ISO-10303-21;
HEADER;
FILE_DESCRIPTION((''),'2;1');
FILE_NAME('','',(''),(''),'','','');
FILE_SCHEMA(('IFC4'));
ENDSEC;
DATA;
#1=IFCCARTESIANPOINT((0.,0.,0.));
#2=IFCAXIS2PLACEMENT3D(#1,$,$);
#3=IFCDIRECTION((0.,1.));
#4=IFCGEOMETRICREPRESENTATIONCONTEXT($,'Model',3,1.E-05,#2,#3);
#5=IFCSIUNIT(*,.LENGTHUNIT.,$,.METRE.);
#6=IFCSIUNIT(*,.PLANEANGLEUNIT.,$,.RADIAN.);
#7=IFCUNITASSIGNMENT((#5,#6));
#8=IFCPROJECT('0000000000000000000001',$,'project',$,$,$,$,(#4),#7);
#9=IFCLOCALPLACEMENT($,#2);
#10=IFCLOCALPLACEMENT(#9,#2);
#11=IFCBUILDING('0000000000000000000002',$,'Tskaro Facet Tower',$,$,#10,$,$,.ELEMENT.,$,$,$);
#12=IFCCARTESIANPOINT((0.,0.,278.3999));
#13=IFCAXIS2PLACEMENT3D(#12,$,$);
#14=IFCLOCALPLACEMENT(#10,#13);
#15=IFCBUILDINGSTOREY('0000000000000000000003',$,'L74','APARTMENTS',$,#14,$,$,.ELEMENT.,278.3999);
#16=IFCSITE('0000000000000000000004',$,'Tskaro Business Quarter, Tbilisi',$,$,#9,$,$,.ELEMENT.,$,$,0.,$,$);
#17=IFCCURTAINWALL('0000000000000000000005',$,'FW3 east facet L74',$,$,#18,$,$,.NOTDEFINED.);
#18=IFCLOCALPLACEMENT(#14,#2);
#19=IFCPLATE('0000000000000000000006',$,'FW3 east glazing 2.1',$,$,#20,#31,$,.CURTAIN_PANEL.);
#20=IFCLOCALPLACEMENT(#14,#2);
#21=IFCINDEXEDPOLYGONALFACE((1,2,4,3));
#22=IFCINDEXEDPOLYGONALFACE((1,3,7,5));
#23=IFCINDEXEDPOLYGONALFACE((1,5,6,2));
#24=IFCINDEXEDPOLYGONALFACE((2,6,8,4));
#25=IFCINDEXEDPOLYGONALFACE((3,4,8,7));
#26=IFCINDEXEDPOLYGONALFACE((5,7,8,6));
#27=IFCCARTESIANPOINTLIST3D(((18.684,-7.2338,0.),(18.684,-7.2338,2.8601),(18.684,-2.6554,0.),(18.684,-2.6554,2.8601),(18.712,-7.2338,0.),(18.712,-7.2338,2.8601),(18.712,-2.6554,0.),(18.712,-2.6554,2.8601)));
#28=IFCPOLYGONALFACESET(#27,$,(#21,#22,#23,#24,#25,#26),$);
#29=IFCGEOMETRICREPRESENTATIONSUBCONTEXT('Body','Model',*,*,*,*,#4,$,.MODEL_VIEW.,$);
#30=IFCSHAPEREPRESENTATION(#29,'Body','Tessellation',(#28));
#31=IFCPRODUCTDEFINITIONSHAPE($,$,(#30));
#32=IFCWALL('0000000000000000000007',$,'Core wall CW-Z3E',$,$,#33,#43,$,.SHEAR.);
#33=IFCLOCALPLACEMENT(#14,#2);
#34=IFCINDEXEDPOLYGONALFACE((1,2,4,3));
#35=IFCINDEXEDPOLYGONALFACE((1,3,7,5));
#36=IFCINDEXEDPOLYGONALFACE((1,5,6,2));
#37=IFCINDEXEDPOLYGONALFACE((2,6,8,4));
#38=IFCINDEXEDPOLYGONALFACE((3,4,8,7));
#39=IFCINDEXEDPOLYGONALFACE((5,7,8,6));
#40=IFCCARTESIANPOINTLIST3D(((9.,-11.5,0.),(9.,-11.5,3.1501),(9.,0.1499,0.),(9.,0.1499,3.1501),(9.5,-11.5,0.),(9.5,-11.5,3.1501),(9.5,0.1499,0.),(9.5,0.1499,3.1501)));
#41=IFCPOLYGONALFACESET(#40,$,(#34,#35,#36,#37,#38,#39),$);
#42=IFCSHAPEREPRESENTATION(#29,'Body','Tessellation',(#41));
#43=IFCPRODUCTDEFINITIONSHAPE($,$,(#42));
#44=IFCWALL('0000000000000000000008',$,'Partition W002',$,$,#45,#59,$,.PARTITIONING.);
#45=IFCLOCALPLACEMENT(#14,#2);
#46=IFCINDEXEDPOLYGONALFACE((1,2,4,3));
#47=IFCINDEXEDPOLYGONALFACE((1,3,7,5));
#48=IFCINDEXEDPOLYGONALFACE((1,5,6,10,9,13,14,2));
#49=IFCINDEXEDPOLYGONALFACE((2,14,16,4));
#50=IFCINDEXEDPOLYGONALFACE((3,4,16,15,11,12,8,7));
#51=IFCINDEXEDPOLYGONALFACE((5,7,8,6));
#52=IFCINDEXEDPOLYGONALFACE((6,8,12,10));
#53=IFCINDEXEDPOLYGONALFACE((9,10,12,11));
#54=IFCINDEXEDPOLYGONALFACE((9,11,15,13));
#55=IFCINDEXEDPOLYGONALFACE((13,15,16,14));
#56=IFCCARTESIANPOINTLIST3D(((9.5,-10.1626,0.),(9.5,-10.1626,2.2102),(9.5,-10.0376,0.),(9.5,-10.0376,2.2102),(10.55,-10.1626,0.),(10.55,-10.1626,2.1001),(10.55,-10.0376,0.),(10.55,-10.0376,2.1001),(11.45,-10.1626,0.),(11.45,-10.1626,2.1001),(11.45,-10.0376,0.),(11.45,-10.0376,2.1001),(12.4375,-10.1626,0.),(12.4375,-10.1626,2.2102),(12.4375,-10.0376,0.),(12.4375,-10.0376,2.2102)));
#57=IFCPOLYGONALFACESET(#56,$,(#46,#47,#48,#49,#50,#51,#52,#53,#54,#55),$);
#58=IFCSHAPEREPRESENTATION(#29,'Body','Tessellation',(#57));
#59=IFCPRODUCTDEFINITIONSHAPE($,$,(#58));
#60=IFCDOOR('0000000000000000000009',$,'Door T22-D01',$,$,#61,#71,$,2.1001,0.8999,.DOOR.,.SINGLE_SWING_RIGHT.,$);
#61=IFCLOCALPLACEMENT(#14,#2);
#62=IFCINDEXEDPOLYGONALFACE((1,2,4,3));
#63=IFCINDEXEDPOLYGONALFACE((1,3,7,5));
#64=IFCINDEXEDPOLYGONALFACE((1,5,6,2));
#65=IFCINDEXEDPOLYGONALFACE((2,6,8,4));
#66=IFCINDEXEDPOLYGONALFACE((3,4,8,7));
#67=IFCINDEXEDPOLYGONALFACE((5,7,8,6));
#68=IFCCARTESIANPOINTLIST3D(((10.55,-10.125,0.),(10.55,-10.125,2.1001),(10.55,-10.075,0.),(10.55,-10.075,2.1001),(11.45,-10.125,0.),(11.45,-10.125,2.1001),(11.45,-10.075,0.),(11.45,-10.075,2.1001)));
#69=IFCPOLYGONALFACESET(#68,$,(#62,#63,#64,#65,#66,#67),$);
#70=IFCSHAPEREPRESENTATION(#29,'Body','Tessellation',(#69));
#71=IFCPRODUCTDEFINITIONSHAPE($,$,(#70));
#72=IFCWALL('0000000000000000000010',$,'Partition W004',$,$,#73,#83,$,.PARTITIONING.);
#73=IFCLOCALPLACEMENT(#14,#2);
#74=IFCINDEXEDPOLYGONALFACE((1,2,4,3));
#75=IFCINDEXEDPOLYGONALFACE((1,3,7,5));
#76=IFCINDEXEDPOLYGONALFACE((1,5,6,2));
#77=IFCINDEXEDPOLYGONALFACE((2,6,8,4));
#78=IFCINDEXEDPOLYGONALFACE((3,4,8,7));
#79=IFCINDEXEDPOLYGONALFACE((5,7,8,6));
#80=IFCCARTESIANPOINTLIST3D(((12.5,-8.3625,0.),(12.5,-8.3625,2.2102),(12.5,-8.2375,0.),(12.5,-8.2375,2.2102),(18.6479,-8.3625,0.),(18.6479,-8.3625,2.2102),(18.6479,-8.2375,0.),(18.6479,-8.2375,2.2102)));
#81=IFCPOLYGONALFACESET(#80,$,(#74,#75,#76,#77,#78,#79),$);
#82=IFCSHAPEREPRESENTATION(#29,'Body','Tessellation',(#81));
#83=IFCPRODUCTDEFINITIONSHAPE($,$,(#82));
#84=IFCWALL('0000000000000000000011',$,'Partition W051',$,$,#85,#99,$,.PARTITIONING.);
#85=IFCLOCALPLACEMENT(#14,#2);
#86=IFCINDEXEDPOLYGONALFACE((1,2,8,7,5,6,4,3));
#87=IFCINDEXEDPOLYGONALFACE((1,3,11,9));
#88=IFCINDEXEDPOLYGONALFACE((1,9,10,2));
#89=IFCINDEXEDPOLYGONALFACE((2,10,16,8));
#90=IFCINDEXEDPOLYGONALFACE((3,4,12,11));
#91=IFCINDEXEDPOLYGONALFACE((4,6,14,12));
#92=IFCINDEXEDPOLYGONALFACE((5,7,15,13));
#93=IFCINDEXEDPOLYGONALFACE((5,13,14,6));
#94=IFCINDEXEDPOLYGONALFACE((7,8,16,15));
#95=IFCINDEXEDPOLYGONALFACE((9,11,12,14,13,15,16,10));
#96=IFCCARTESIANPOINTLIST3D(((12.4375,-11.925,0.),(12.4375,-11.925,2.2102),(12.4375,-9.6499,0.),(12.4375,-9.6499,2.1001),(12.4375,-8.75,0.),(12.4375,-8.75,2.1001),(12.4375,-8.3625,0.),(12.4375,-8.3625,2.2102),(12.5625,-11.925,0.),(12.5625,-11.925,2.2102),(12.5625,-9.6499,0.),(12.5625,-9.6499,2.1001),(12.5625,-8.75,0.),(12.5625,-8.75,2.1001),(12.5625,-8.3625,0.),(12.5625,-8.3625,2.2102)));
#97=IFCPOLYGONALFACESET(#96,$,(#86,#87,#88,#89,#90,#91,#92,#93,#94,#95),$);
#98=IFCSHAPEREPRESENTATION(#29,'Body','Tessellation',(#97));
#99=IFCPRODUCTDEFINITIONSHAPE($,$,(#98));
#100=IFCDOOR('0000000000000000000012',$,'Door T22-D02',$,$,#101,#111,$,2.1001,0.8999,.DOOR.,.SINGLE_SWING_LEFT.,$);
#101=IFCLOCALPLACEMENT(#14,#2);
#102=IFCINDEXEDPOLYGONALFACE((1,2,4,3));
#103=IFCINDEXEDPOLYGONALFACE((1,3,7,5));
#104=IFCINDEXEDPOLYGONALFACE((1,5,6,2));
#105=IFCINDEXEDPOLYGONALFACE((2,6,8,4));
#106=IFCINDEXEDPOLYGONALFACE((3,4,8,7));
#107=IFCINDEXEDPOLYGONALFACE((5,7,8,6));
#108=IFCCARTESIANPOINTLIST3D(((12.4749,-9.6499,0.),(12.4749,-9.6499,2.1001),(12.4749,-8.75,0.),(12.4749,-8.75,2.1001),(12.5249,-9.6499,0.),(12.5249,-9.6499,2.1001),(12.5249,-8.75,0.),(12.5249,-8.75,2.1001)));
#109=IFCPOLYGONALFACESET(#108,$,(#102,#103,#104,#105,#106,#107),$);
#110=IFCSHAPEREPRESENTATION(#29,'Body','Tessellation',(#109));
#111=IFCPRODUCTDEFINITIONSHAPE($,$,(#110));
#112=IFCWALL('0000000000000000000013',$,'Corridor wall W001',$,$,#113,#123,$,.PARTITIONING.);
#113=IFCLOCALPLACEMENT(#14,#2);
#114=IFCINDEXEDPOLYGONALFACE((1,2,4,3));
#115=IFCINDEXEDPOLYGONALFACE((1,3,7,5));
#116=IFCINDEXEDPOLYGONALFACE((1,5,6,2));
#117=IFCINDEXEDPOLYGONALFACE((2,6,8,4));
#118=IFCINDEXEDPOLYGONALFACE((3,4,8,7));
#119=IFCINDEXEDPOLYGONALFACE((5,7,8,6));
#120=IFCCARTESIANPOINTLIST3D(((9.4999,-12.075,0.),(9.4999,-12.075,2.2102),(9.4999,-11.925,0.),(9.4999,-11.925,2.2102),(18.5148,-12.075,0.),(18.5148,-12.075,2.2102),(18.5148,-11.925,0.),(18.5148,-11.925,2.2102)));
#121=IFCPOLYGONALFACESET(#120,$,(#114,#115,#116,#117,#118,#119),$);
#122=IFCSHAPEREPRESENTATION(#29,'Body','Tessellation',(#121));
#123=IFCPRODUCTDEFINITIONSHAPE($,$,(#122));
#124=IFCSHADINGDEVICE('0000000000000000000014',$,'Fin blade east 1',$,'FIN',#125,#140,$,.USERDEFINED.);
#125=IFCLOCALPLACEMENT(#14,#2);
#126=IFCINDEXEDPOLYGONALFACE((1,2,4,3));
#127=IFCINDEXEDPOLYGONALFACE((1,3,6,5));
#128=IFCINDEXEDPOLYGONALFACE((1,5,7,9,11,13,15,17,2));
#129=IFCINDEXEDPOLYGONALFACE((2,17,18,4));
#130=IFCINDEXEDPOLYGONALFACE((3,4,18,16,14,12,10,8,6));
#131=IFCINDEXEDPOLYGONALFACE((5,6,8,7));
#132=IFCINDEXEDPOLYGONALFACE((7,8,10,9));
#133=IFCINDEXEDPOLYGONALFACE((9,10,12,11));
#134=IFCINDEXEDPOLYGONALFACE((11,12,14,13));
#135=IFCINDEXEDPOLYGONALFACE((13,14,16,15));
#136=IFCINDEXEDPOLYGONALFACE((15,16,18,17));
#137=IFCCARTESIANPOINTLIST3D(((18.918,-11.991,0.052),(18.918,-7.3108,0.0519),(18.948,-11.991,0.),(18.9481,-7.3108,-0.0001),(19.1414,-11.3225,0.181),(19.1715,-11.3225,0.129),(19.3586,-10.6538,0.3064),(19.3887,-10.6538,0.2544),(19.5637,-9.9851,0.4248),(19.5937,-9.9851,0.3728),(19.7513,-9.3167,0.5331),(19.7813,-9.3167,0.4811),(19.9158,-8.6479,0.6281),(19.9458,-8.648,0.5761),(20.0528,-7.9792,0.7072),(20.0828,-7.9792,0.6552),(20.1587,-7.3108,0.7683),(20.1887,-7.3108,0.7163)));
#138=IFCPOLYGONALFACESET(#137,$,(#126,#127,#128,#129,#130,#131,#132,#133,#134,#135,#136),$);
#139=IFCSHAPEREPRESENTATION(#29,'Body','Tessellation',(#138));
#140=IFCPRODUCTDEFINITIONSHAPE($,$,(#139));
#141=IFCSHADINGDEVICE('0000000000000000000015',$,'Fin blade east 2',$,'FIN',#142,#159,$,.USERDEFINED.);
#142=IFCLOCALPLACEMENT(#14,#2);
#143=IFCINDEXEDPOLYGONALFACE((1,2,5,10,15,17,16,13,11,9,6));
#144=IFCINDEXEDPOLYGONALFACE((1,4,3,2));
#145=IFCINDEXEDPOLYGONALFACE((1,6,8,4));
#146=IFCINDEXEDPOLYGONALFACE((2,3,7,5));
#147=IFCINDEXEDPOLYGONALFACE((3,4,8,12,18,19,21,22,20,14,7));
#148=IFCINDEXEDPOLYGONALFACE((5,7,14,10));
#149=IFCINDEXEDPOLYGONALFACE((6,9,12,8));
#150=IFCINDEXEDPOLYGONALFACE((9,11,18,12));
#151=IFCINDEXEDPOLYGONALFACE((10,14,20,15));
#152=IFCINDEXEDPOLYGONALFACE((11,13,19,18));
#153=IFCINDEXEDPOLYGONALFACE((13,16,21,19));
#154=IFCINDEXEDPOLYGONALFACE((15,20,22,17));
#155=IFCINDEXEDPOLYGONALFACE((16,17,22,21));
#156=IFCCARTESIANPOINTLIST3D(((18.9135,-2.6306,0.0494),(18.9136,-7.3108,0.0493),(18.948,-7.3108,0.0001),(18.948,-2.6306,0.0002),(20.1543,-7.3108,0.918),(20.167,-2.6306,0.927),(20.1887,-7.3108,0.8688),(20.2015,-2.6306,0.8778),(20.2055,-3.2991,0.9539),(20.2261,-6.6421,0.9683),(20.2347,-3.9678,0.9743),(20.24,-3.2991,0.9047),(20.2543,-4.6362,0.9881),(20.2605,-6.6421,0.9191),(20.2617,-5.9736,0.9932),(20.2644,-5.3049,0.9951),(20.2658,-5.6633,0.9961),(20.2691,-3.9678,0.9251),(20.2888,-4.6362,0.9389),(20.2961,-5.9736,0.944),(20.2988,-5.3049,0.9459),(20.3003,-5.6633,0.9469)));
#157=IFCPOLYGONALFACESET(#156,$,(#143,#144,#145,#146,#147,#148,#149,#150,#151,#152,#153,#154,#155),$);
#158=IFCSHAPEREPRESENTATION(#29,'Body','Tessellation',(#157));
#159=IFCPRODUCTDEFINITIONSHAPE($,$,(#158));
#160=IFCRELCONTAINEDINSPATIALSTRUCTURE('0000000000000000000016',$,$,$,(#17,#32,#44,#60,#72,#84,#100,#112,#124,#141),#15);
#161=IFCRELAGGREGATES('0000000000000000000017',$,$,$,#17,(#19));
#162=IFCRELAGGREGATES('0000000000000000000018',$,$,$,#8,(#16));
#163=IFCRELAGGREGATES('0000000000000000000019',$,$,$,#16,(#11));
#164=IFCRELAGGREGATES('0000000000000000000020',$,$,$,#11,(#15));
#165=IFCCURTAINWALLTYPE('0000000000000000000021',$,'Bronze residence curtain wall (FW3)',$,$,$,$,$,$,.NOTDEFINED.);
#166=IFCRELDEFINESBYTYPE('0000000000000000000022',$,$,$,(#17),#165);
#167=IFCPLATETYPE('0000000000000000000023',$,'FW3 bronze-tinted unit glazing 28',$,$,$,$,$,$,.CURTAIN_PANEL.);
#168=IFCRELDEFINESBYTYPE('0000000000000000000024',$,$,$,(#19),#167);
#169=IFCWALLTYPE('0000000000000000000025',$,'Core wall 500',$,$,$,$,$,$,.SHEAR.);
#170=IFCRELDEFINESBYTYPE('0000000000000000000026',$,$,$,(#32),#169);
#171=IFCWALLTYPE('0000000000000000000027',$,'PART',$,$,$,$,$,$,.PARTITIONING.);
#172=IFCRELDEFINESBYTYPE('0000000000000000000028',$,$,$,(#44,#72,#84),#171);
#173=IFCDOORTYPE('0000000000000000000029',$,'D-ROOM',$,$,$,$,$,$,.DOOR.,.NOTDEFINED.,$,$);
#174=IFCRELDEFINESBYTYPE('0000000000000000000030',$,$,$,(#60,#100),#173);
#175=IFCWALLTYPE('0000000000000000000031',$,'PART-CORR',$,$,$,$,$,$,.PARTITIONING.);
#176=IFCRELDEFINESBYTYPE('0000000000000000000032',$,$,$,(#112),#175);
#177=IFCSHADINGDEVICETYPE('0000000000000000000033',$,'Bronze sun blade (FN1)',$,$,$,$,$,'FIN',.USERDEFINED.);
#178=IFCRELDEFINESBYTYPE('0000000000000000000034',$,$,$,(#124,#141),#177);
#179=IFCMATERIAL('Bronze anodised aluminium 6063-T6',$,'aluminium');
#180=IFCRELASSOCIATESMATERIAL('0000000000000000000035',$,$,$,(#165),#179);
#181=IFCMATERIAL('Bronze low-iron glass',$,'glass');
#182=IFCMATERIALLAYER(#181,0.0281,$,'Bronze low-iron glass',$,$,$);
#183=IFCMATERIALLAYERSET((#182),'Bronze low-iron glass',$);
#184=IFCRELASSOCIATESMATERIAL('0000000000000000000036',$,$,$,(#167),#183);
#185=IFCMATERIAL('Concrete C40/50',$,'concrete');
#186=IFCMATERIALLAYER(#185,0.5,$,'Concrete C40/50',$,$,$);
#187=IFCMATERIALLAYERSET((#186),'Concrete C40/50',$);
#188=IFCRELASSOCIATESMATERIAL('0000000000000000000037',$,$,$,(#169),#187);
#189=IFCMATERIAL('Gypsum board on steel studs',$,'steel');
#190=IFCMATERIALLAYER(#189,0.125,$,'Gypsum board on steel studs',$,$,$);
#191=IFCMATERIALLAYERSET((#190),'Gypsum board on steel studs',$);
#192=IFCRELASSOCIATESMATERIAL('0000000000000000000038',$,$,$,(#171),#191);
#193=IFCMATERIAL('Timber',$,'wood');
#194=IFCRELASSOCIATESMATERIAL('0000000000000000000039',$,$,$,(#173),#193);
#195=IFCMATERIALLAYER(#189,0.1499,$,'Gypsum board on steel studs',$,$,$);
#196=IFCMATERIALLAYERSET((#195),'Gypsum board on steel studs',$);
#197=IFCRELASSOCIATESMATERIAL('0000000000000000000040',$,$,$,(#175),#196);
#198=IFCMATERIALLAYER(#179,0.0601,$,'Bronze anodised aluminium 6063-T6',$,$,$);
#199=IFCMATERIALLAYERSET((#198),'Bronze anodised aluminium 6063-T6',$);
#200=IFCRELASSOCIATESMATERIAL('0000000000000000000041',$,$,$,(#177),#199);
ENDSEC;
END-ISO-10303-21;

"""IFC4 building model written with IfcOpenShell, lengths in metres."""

from ifc_helpers import new_model, si_unit, direction, frame, frame_2d, origin, origin_2d, place, context, subcontext, project, spatial, polyline, rectangle, outline, extrude, material, layer, layer_set, type_object, element, fill, aggregate, save


model = new_model("IFC4")

# Units and contexts
model_context = context("Model", 3, precision=1e-05, world=origin(), true_north=direction((0.0, 1.0)))
body_context = subcontext(model_context, "Body", "Model", "MODEL_VIEW")
ifc_project = project(units=[si_unit("LENGTHUNIT", "METRE"), si_unit("PLANEANGLEUNIT", "RADIAN")], contexts=[model_context])

# Site, building, storey
site_placement = place(None, origin())
site = spatial("IfcSite", under=ifc_project, at=site_placement, Name="Tskaro Business Quarter, Tbilisi", CompositionType="ELEMENT", RefElevation=0.0)
building_placement = place(site_placement, origin())
building = spatial("IfcBuilding", under=site, at=building_placement, Name="Tskaro Facet Tower", CompositionType="ELEMENT")
storey_placement = place(building_placement, frame((0.0, 0.0, 278.3999)))
storey = spatial("IfcBuildingStorey", under=building, at=storey_placement, Name="L74", Description="APARTMENTS", CompositionType="ELEMENT", Elevation=278.3999)

# Shared definitions
ifc_material_1 = material(Name="Bronze anodised aluminium 6063-T6", Category="aluminium")
curtain_wall_type = type_object("IfcCurtainWallType", Name="Bronze residence curtain wall (FW3)", PredefinedType="NOTDEFINED", material=ifc_material_1)

# Curtain wall
curtain_wall_1_placement = place(storey_placement, origin())
curtain_wall_1 = element("IfcCurtainWall", 1, at=curtain_wall_1_placement, inside=storey, type_object=curtain_wall_type, Name="FW3 east facet L74", PredefinedType="NOTDEFINED")

# Shared definitions
ifc_material_2 = material(Name="Bronze low-iron glass", Category="glass")
ifc_layer_1 = layer(ifc_material_2, 0.0281, Name="Bronze low-iron glass")
ifc_layer_set_1 = layer_set([ifc_layer_1], Name="Bronze low-iron glass")
plate_type = type_object("IfcPlateType", Name="FW3 bronze-tinted unit glazing 28", PredefinedType="CURTAIN_PANEL", material=ifc_layer_set_1)

# Plate
plate_1_placement = place(storey_placement, frame((18.698, -4.9446, 0.0), z_axis=(0.0, 0.0, 1.0), x_axis=(0.0, 1.0, 0.0)))
plate_1 = element("IfcPlate", 2, at=plate_1_placement, type_object=plate_type, Name="FW3 east glazing 2.1", PredefinedType="CURTAIN_PANEL", context=body_context, shape_type="SweptSolid", body=[
    extrude(rectangle(XDim=4.5784, YDim=0.0281, at=origin_2d()), origin(), (0.0, 0.0, 1.0), 2.8601),
])
aggregate(curtain_wall_1, [plate_1])

# Wall
ifc_material_3 = material(Name="Concrete C40/50", Category="concrete")
ifc_layer_2 = layer(ifc_material_3, 0.5, Name="Concrete C40/50")
ifc_layer_set_2 = layer_set([ifc_layer_2], Name="Concrete C40/50")
wall_type_1 = type_object("IfcWallType", Name="Core wall 500", PredefinedType="SHEAR", material=ifc_layer_set_2)
wall_1_placement = place(storey_placement, frame((9.25, -11.5, 0.0), z_axis=(0.0, 0.0, 1.0), x_axis=(0.0, 1.0, 0.0)))
element("IfcWall", 3, at=wall_1_placement, inside=storey, type_object=wall_type_1, Name="Core wall CW-Z3E", PredefinedType="SHEAR", context=body_context, shape_type="SweptSolid", body=[
    extrude(rectangle(XDim=11.6499, YDim=0.5, at=frame_2d((5.825, 0.0))), origin(), (0.0, 0.0, 1.0), 3.1501),
])

# Wall, opening, door
ifc_material_4 = material(Name="Gypsum board on steel studs", Category="steel")
ifc_layer_3 = layer(ifc_material_4, 0.125, Name="Gypsum board on steel studs")
ifc_layer_set_3 = layer_set([ifc_layer_3], Name="Gypsum board on steel studs")
wall_type_2 = type_object("IfcWallType", Name="PART", PredefinedType="PARTITIONING", material=ifc_layer_set_3)
wall_2_placement = place(storey_placement, frame((12.4375, -10.1001, 0.0), z_axis=(0.0, 0.0, 1.0), x_axis=(-1.0, 0.0, 0.0)))
wall_2 = element("IfcWall", 4, at=wall_2_placement, inside=storey, type_object=wall_type_2, Name="Partition W002", PredefinedType="PARTITIONING", context=body_context, shape_type="SweptSolid", body=[
    extrude(rectangle(XDim=2.9375, YDim=0.125, at=frame_2d((1.4688, 0.0))), origin(), (0.0, 0.0, 1.0), 2.2102),
])
opening_1_placement = place(wall_2_placement, frame((0.9875, 0.0, 0.0)))
opening_1 = element("IfcOpeningElement", 5, at=opening_1_placement, cuts=wall_2, PredefinedType="OPENING", context=body_context, shape_type="SweptSolid", body=[
    extrude(rectangle(XDim=0.8999, YDim=2.1001, at=frame_2d((0.45, 1.05))), frame((0.0, 0.0725, 0.0), z_axis=(0.0, -1.0, 0.0), x_axis=(1.0, 0.0, 0.0)), (0.0, 0.0, 1.0), 0.145),
])
ifc_material_5 = material(Name="Timber", Category="wood")
door_type = type_object("IfcDoorType", Name="D-ROOM", OperationType="NOTDEFINED", PredefinedType="DOOR", material=ifc_material_5)
door_1_placement = place(opening_1_placement, origin())
door_1 = element("IfcDoor", 6, at=door_1_placement, inside=storey, type_object=door_type, Name="Door T22-D01", OperationType="SINGLE_SWING_RIGHT", OverallHeight=2.1001, OverallWidth=0.8999, PredefinedType="DOOR", context=body_context, shape_type="SweptSolid", body=[
    extrude(rectangle(XDim=0.8999, YDim=2.1001, at=frame_2d((0.45, 1.05))), frame((0.0, 0.0249, 0.0), z_axis=(0.0, -1.0, 0.0), x_axis=(1.0, 0.0, 0.0)), (0.0, 0.0, 1.0), 0.05),
])
fill(opening_1, door_1)

# Wall
wall_3_placement = place(storey_placement, frame((12.5, -8.3, 0.0), z_axis=(0.0, 0.0, 1.0), x_axis=(1.0, 0.0, 0.0)))
element("IfcWall", 7, at=wall_3_placement, inside=storey, type_object=wall_type_2, Name="Partition W004", PredefinedType="PARTITIONING", context=body_context, shape_type="SweptSolid", body=[
    extrude(rectangle(XDim=6.1479, YDim=0.125, at=frame_2d((3.074, 0.0))), origin(), (0.0, 0.0, 1.0), 2.2102),
])

# Wall, opening, door
wall_4_placement = place(storey_placement, frame((12.5, -8.3625, 0.0), z_axis=(0.0, 0.0, 1.0), x_axis=(0.0, -1.0, 0.0)))
wall_4 = element("IfcWall", 8, at=wall_4_placement, inside=storey, type_object=wall_type_2, Name="Partition W051", PredefinedType="PARTITIONING", context=body_context, shape_type="SweptSolid", body=[
    extrude(rectangle(XDim=3.5625, YDim=0.125, at=frame_2d((1.7812, 0.0))), origin(), (0.0, 0.0, 1.0), 2.2102),
])
opening_2_placement = place(wall_4_placement, frame((0.3875, 0.0, 0.0)))
opening_2 = element("IfcOpeningElement", 9, at=opening_2_placement, cuts=wall_4, PredefinedType="OPENING", context=body_context, shape_type="SweptSolid", body=[
    extrude(rectangle(XDim=0.8999, YDim=2.1001, at=frame_2d((0.45, 1.05))), frame((0.0, 0.0725, 0.0), z_axis=(0.0, -1.0, 0.0), x_axis=(1.0, 0.0, 0.0)), (0.0, 0.0, 1.0), 0.145),
])
door_2_placement = place(opening_2_placement, origin())
door_2 = element("IfcDoor", 10, at=door_2_placement, inside=storey, type_object=door_type, Name="Door T22-D02", OperationType="SINGLE_SWING_LEFT", OverallHeight=2.1001, OverallWidth=0.8999, PredefinedType="DOOR", context=body_context, shape_type="SweptSolid", body=[
    extrude(rectangle(XDim=0.8999, YDim=2.1001, at=frame_2d((0.45, 1.05))), frame((0.0, 0.0249, 0.0), z_axis=(0.0, -1.0, 0.0), x_axis=(1.0, 0.0, 0.0)), (0.0, 0.0, 1.0), 0.05),
])
fill(opening_2, door_2)

# Wall
ifc_layer_4 = layer(ifc_material_4, 0.1499, Name="Gypsum board on steel studs")
ifc_layer_set_4 = layer_set([ifc_layer_4], Name="Gypsum board on steel studs")
wall_type_3 = type_object("IfcWallType", Name="PART-CORR", PredefinedType="PARTITIONING", material=ifc_layer_set_4)
wall_5_placement = place(storey_placement, frame((9.5, -12.0, 0.0), z_axis=(0.0, 0.0, 1.0), x_axis=(1.0, 0.0, 0.0)))
element("IfcWall", 11, at=wall_5_placement, inside=storey, type_object=wall_type_3, Name="Corridor wall W001", PredefinedType="PARTITIONING", context=body_context, shape_type="SweptSolid", body=[
    extrude(rectangle(XDim=9.0149, YDim=0.1499, at=frame_2d((4.5073, 0.0))), origin(), (0.0, 0.0, 1.0), 2.2102),
])

# Shading devices
ifc_layer_5 = layer(ifc_material_1, 0.0601, Name="Bronze anodised aluminium 6063-T6")
ifc_layer_set_5 = layer_set([ifc_layer_5], Name="Bronze anodised aluminium 6063-T6")
shading_device_type = type_object("IfcShadingDeviceType", Name="Bronze sun blade (FN1)", ElementType="FIN", PredefinedType="USERDEFINED", material=ifc_layer_set_5)
shading_device_1_placement = place(storey_placement, frame((18.918, -11.991, 0.052), z_axis=(-0.500059, 0.000024, 0.865991), x_axis=(0.000012, 1.0, -0.000021)))
element("IfcShadingDevice", 12, at=shading_device_1_placement, inside=storey, type_object=shading_device_type, Name="Fin blade east 1", ObjectType="FIN", PredefinedType="USERDEFINED", context=body_context, shape_type="SweptSolid", body=[
    extrude(outline(polyline([(0.0, 0.0), (4.6802, 0.0), (4.6802, -1.4327), (4.0117, -1.3104), (3.343, -1.1522), (2.6743, -0.9622), (2.0059, -0.7456), (1.3372, -0.5088), (0.6685, -0.258), (0.0, 0.0)])), origin(), (0.0, 0.0, -1.0), 0.0601),
])
shading_device_2_placement = place(storey_placement, frame((18.9136, -7.3108, 0.0493), z_axis=(-0.573545, -0.000013, 0.819174), x_axis=(-0.000007, 1.0, 0.00001)))
element("IfcShadingDevice", 13, at=shading_device_2_placement, inside=storey, type_object=shading_device_type, Name="Fin blade east 2", ObjectType="FIN", PredefinedType="USERDEFINED", context=body_context, shape_type="SweptSolid", body=[
    extrude(outline(polyline([(0.0, 0.0), (4.6802, 0.0), (4.6802, -1.5302), (4.0117, -1.5772), (3.343, -1.6127), (2.6746, -1.6368), (2.0059, -1.649), (1.6475, -1.6508), (1.3372, -1.6457), (0.6687, -1.6022), (0.0, -1.5146), (0.0, 0.0)])), origin(), (0.0, 0.0, -1.0), 0.0601),
])

save(model, "model.ifc")
